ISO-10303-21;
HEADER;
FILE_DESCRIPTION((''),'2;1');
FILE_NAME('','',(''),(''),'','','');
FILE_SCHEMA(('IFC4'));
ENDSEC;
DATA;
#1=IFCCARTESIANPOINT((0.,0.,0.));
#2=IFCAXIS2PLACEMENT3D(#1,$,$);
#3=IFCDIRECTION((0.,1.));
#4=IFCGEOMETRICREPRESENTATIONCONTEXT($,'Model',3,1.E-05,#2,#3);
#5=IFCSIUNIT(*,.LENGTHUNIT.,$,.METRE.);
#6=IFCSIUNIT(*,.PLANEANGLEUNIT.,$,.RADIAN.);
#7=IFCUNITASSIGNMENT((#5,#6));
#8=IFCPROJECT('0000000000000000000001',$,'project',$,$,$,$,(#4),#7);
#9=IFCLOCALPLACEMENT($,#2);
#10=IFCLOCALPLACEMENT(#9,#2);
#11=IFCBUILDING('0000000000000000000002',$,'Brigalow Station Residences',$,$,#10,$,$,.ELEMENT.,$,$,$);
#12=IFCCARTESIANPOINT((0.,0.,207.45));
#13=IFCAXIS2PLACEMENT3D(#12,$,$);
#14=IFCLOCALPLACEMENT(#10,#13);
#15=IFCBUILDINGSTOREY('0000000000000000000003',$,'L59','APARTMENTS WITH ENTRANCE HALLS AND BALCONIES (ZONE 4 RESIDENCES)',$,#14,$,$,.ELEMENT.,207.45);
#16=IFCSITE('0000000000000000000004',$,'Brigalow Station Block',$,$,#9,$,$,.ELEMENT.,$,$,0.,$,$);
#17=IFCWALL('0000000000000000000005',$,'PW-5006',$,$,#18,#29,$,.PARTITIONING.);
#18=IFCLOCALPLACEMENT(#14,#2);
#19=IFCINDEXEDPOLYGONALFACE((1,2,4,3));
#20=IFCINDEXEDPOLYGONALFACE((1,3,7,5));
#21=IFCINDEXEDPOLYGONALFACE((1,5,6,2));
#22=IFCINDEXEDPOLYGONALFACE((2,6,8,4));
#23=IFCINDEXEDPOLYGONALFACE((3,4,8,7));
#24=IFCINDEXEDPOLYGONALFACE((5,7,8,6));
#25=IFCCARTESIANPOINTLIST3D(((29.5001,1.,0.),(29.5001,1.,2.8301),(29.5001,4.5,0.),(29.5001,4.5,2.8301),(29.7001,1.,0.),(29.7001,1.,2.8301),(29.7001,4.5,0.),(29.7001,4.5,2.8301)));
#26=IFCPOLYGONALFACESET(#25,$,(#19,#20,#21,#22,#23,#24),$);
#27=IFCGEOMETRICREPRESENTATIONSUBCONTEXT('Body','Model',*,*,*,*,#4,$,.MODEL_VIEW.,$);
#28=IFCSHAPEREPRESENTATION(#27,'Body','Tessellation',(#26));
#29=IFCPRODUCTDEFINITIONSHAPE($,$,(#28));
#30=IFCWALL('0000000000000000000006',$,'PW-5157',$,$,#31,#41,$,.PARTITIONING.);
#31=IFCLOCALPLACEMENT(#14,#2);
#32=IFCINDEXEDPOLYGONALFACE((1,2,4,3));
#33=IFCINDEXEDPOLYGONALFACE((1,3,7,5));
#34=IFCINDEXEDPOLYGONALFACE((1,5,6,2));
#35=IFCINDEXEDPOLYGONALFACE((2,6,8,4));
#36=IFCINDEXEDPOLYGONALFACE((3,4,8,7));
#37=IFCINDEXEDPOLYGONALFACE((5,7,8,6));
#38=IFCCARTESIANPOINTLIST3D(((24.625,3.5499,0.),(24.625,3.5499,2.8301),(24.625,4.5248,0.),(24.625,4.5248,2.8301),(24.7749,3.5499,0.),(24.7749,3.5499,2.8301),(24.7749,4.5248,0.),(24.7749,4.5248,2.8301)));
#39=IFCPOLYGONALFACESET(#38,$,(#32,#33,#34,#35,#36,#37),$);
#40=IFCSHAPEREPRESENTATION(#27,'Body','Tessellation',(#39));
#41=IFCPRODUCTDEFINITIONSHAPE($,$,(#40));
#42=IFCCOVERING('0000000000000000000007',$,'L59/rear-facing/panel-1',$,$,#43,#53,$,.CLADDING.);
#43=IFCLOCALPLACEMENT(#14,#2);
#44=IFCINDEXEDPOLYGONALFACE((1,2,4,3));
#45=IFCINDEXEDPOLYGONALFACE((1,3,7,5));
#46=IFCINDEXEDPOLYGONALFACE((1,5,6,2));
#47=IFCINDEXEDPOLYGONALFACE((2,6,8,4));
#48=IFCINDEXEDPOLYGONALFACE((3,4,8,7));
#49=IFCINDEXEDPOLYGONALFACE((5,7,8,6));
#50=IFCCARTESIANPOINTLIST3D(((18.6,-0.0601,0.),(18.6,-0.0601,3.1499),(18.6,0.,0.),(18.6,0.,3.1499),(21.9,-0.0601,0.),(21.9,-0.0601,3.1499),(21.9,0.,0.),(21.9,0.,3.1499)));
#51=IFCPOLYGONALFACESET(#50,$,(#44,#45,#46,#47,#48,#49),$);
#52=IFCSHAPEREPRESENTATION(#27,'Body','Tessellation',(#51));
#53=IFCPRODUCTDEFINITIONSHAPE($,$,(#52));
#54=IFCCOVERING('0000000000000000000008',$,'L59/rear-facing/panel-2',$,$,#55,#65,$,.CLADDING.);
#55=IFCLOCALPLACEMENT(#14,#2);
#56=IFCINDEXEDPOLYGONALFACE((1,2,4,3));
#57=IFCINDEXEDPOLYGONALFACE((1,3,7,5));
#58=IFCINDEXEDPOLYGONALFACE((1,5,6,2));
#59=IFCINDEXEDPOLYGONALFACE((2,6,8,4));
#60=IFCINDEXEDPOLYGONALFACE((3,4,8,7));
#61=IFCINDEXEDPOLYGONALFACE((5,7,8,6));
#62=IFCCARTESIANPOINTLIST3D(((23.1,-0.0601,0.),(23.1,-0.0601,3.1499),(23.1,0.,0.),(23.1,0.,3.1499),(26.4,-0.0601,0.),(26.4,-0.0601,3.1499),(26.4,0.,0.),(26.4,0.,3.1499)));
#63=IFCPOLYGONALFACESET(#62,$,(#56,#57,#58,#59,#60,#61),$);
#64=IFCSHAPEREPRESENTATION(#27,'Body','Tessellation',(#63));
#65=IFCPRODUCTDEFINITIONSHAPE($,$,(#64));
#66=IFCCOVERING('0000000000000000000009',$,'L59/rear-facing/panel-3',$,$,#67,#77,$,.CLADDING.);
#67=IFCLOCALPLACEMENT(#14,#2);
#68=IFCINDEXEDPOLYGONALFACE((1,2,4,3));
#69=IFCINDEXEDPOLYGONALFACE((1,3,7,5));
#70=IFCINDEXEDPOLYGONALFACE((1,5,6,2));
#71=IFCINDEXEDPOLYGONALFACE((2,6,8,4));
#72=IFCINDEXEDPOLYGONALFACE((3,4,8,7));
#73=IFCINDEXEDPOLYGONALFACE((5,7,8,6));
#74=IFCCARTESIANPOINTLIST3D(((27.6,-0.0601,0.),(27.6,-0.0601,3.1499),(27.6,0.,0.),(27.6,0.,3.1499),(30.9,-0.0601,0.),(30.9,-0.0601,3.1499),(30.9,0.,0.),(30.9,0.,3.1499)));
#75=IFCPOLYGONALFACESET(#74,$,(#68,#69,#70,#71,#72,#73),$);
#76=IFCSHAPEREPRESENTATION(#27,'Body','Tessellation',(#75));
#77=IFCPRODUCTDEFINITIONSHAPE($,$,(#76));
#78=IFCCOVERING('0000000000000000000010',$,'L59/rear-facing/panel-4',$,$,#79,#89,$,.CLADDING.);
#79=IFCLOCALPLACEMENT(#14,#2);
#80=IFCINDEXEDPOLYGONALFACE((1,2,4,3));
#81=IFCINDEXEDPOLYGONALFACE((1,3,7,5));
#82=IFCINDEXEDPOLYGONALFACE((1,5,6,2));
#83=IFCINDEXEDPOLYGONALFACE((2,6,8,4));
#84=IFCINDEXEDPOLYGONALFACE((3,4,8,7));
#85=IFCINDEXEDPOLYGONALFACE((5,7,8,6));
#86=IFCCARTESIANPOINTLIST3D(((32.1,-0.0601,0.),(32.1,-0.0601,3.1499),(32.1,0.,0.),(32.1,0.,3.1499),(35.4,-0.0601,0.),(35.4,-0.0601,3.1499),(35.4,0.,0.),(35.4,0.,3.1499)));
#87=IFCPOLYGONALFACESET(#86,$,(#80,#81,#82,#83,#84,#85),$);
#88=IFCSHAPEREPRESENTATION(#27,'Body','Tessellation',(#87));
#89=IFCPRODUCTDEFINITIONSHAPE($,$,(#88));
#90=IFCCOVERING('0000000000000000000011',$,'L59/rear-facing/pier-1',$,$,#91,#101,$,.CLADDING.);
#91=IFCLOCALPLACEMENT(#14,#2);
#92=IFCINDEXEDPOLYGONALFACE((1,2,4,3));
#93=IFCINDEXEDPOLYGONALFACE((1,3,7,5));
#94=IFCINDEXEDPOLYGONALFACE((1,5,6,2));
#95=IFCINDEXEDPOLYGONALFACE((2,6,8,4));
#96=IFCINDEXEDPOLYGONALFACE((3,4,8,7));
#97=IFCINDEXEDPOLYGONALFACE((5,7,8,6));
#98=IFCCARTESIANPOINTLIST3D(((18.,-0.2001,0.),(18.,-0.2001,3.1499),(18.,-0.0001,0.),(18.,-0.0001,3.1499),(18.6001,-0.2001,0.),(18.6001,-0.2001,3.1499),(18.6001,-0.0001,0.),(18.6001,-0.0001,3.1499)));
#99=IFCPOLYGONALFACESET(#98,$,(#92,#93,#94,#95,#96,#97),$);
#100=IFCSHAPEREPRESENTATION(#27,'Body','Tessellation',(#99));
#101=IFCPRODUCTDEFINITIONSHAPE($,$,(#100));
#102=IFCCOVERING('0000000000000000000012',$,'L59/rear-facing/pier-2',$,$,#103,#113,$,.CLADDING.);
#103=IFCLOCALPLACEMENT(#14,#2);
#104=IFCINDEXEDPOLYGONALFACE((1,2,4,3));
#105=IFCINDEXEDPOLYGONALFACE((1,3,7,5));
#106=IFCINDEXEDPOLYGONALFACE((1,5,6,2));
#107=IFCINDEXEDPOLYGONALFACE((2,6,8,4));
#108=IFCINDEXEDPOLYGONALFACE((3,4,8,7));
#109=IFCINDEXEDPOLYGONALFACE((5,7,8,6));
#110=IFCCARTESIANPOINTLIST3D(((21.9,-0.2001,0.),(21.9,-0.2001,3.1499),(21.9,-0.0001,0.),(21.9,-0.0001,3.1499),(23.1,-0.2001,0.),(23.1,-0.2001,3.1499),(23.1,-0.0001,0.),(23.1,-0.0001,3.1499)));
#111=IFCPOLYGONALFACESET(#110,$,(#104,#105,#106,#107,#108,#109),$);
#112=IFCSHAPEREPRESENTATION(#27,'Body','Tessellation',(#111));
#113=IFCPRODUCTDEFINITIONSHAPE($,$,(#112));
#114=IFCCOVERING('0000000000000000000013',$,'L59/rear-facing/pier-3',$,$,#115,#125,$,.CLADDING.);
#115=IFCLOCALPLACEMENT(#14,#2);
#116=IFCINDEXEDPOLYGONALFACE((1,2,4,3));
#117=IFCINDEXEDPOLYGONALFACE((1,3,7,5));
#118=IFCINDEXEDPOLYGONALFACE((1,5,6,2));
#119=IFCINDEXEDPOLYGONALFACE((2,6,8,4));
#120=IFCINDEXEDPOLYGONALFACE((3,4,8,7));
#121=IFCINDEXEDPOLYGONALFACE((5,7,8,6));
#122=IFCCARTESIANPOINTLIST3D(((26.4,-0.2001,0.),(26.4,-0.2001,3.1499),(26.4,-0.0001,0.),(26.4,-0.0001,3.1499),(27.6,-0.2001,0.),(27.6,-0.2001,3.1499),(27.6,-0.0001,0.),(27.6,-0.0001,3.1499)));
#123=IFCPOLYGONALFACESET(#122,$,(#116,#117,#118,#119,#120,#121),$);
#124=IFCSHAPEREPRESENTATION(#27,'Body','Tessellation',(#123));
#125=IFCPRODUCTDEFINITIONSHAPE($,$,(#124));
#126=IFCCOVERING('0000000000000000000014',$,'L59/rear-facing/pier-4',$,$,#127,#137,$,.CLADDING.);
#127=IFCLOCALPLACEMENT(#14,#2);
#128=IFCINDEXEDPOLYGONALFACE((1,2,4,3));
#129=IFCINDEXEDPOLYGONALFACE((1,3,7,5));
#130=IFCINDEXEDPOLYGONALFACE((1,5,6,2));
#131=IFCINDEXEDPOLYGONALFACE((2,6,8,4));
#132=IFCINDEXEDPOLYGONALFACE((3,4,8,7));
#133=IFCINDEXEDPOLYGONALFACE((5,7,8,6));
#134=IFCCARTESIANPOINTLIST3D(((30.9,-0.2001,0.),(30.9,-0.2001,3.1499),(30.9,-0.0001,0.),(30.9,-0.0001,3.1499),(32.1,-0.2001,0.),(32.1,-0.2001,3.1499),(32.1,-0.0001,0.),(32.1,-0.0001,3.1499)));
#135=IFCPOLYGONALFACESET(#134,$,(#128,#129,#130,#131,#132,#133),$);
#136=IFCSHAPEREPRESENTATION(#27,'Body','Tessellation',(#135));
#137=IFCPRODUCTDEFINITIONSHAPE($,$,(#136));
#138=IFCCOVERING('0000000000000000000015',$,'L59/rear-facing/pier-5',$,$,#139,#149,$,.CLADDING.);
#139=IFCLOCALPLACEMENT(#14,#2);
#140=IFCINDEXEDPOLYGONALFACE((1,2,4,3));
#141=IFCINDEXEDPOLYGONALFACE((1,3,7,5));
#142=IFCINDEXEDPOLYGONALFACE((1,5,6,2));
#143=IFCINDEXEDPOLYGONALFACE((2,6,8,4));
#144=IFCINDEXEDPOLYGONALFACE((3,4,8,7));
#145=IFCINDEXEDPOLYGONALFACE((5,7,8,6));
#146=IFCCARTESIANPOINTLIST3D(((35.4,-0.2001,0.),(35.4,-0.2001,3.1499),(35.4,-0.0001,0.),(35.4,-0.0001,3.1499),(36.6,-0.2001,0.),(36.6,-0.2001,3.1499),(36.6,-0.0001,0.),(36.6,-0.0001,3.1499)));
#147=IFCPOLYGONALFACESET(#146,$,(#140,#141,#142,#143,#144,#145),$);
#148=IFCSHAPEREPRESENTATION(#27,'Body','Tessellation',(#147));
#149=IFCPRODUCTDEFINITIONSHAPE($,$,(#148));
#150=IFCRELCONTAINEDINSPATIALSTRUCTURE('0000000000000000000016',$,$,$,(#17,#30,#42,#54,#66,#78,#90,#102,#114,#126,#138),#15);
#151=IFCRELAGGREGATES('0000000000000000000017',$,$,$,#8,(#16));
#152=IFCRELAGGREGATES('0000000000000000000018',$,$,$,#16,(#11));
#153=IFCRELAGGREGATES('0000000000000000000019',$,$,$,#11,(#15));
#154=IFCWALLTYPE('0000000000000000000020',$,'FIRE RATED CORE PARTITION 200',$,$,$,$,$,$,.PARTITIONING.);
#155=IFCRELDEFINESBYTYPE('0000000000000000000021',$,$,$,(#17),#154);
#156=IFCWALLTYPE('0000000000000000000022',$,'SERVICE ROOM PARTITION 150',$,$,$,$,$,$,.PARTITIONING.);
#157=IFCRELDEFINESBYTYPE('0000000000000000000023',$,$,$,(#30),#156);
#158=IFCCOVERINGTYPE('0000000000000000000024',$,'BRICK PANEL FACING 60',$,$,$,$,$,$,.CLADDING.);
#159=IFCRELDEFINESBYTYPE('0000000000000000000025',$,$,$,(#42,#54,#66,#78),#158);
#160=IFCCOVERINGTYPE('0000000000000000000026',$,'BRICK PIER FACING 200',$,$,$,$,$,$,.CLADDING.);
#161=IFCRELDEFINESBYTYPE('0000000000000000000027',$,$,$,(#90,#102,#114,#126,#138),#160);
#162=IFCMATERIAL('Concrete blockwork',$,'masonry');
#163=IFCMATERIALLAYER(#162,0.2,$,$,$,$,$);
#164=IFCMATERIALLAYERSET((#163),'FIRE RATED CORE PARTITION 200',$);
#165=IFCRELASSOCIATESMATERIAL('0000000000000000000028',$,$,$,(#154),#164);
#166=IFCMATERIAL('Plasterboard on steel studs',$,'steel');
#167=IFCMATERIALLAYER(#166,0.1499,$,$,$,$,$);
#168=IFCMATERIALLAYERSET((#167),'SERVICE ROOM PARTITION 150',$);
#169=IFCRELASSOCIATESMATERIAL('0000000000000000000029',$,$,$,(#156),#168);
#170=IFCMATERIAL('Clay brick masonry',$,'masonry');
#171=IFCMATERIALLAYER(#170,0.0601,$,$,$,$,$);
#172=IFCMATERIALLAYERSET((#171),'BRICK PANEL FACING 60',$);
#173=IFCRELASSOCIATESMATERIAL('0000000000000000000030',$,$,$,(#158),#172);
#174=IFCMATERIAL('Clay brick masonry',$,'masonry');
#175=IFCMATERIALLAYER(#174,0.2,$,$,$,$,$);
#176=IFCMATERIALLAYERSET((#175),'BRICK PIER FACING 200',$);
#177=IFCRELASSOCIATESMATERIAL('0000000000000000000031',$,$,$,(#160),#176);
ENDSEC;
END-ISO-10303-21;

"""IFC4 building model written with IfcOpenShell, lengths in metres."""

from ifc_helpers import new_model, si_unit, direction, frame, frame_2d, origin, origin_2d, place, context, subcontext, project, spatial, rectangle, extrude, material, layer, layer_set, type_object, element, save


model = new_model("IFC4")

# Units and contexts
model_context = context("Model", 3, precision=1e-05, world=origin(), true_north=direction((0.0, 1.0)))
body_context = subcontext(model_context, "Body", "Model", "MODEL_VIEW")
ifc_project = project(units=[si_unit("LENGTHUNIT", "METRE"), si_unit("PLANEANGLEUNIT", "RADIAN")], contexts=[model_context])

# Site, building, storey
site_placement = place(None, origin())
site = spatial("IfcSite", under=ifc_project, at=site_placement, Name="Brigalow Station Block", CompositionType="ELEMENT", RefElevation=0.0)
building_placement = place(site_placement, origin())
building = spatial("IfcBuilding", under=site, at=building_placement, Name="Brigalow Station Residences", CompositionType="ELEMENT")
storey_placement = place(building_placement, frame((0.0, 0.0, 207.45)))
storey = spatial("IfcBuildingStorey", under=building, at=storey_placement, Name="L59", Description="APARTMENTS WITH ENTRANCE HALLS AND BALCONIES (ZONE 4 RESIDENCES)", CompositionType="ELEMENT", Elevation=207.45)

# Walls
ifc_material_1 = material(Name="Concrete blockwork", Category="masonry")
ifc_layer_1 = layer(ifc_material_1, 0.2)
ifc_layer_set_1 = layer_set([ifc_layer_1], Name="FIRE RATED CORE PARTITION 200")
wall_type_1 = type_object("IfcWallType", Name="FIRE RATED CORE PARTITION 200", PredefinedType="PARTITIONING", material=ifc_layer_set_1)
wall_1_placement = place(storey_placement, frame((29.6001, 1.0, 0.0), z_axis=(0.0, 0.0, 1.0), x_axis=(0.0, 1.0, 0.0)))
element("IfcWall", 1, at=wall_1_placement, inside=storey, type_object=wall_type_1, Name="PW-5006", PredefinedType="PARTITIONING", context=body_context, shape_type="SweptSolid", body=[
    extrude(rectangle(XDim=3.5, YDim=0.2, at=frame_2d((1.75, 0.0))), origin(), (0.0, 0.0, 1.0), 2.8301),
])
ifc_material_2 = material(Name="Plasterboard on steel studs", Category="steel")
ifc_layer_2 = layer(ifc_material_2, 0.1499)
ifc_layer_set_2 = layer_set([ifc_layer_2], Name="SERVICE ROOM PARTITION 150")
wall_type_2 = type_object("IfcWallType", Name="SERVICE ROOM PARTITION 150", PredefinedType="PARTITIONING", material=ifc_layer_set_2)
wall_2_placement = place(storey_placement, frame((24.7, 3.55, 0.0), z_axis=(0.0, 0.0, 1.0), x_axis=(0.0, 1.0, 0.0)))
element("IfcWall", 2, at=wall_2_placement, inside=storey, type_object=wall_type_2, Name="PW-5157", PredefinedType="PARTITIONING", context=body_context, shape_type="SweptSolid", body=[
    extrude(rectangle(XDim=0.9749, YDim=0.1499, at=frame_2d((0.4873, 0.0))), origin(), (0.0, 0.0, 1.0), 2.8301),
])

# Coverings
ifc_material_3 = material(Name="Clay brick masonry", Category="masonry")
ifc_layer_3 = layer(ifc_material_3, 0.0601)
ifc_layer_set_3 = layer_set([ifc_layer_3], Name="BRICK PANEL FACING 60")
covering_type_1 = type_object("IfcCoveringType", Name="BRICK PANEL FACING 60", PredefinedType="CLADDING", material=ifc_layer_set_3)
for number, where, z_axis, x_axis, name in (
    (3, (20.25, -0.03, 0.0), (0.0, 0.0, 1.0), (1.0, 0.0, 0.0), "L59/rear-facing/panel-1"),
    (4, (24.75, -0.03, 0.0), (0.0, 0.0, 1.0), (1.0, 0.0, 0.0), "L59/rear-facing/panel-2"),
    (5, (29.25, -0.03, 0.0), (0.0, 0.0, 1.0), (1.0, 0.0, 0.0), "L59/rear-facing/panel-3"),
    (6, (33.75, -0.03, 0.0), (0.0, 0.0, 1.0), (1.0, 0.0, 0.0), "L59/rear-facing/panel-4"),
):
    element("IfcCovering", number, at=place(storey_placement, frame(where, z_axis=z_axis, x_axis=x_axis)), inside=storey, type_object=covering_type_1, Name=name, PredefinedType="CLADDING", context=body_context, shape_type="SweptSolid", body=[
        extrude(rectangle(XDim=3.3, YDim=0.0601, at=origin_2d()), origin(), (0.0, 0.0, 1.0), 3.1499),
    ])
ifc_material_4 = material(Name="Clay brick masonry", Category="masonry")
ifc_layer_4 = layer(ifc_material_4, 0.2)
ifc_layer_set_4 = layer_set([ifc_layer_4], Name="BRICK PIER FACING 200")
covering_type_2 = type_object("IfcCoveringType", Name="BRICK PIER FACING 200", PredefinedType="CLADDING", material=ifc_layer_set_4)
covering_placement = place(storey_placement, frame((18.3, -0.1001, 0.0), z_axis=(0.0, 0.0, 1.0), x_axis=(1.0, 0.0, 0.0)))
element("IfcCovering", 7, at=covering_placement, inside=storey, type_object=covering_type_2, Name="L59/rear-facing/pier-1", PredefinedType="CLADDING", context=body_context, shape_type="SweptSolid", body=[
    extrude(rectangle(XDim=0.6001, YDim=0.2, at=origin_2d()), origin(), (0.0, 0.0, 1.0), 3.1499),
])
for number, where, z_axis, x_axis, name in (
    (8, (22.5, -0.1001, 0.0), (0.0, 0.0, 1.0), (1.0, 0.0, 0.0), "L59/rear-facing/pier-2"),
    (9, (27.0, -0.1001, 0.0), (0.0, 0.0, 1.0), (1.0, 0.0, 0.0), "L59/rear-facing/pier-3"),
    (10, (31.5, -0.1001, 0.0), (0.0, 0.0, 1.0), (1.0, 0.0, 0.0), "L59/rear-facing/pier-4"),
    (11, (36.0, -0.1001, 0.0), (0.0, 0.0, 1.0), (1.0, 0.0, 0.0), "L59/rear-facing/pier-5"),
):
    element("IfcCovering", number, at=place(storey_placement, frame(where, z_axis=z_axis, x_axis=x_axis)), inside=storey, type_object=covering_type_2, Name=name, PredefinedType="CLADDING", context=body_context, shape_type="SweptSolid", body=[
        extrude(rectangle(XDim=1.2, YDim=0.2, at=origin_2d()), origin(), (0.0, 0.0, 1.0), 3.1499),
    ])

save(model, "model.ifc")
